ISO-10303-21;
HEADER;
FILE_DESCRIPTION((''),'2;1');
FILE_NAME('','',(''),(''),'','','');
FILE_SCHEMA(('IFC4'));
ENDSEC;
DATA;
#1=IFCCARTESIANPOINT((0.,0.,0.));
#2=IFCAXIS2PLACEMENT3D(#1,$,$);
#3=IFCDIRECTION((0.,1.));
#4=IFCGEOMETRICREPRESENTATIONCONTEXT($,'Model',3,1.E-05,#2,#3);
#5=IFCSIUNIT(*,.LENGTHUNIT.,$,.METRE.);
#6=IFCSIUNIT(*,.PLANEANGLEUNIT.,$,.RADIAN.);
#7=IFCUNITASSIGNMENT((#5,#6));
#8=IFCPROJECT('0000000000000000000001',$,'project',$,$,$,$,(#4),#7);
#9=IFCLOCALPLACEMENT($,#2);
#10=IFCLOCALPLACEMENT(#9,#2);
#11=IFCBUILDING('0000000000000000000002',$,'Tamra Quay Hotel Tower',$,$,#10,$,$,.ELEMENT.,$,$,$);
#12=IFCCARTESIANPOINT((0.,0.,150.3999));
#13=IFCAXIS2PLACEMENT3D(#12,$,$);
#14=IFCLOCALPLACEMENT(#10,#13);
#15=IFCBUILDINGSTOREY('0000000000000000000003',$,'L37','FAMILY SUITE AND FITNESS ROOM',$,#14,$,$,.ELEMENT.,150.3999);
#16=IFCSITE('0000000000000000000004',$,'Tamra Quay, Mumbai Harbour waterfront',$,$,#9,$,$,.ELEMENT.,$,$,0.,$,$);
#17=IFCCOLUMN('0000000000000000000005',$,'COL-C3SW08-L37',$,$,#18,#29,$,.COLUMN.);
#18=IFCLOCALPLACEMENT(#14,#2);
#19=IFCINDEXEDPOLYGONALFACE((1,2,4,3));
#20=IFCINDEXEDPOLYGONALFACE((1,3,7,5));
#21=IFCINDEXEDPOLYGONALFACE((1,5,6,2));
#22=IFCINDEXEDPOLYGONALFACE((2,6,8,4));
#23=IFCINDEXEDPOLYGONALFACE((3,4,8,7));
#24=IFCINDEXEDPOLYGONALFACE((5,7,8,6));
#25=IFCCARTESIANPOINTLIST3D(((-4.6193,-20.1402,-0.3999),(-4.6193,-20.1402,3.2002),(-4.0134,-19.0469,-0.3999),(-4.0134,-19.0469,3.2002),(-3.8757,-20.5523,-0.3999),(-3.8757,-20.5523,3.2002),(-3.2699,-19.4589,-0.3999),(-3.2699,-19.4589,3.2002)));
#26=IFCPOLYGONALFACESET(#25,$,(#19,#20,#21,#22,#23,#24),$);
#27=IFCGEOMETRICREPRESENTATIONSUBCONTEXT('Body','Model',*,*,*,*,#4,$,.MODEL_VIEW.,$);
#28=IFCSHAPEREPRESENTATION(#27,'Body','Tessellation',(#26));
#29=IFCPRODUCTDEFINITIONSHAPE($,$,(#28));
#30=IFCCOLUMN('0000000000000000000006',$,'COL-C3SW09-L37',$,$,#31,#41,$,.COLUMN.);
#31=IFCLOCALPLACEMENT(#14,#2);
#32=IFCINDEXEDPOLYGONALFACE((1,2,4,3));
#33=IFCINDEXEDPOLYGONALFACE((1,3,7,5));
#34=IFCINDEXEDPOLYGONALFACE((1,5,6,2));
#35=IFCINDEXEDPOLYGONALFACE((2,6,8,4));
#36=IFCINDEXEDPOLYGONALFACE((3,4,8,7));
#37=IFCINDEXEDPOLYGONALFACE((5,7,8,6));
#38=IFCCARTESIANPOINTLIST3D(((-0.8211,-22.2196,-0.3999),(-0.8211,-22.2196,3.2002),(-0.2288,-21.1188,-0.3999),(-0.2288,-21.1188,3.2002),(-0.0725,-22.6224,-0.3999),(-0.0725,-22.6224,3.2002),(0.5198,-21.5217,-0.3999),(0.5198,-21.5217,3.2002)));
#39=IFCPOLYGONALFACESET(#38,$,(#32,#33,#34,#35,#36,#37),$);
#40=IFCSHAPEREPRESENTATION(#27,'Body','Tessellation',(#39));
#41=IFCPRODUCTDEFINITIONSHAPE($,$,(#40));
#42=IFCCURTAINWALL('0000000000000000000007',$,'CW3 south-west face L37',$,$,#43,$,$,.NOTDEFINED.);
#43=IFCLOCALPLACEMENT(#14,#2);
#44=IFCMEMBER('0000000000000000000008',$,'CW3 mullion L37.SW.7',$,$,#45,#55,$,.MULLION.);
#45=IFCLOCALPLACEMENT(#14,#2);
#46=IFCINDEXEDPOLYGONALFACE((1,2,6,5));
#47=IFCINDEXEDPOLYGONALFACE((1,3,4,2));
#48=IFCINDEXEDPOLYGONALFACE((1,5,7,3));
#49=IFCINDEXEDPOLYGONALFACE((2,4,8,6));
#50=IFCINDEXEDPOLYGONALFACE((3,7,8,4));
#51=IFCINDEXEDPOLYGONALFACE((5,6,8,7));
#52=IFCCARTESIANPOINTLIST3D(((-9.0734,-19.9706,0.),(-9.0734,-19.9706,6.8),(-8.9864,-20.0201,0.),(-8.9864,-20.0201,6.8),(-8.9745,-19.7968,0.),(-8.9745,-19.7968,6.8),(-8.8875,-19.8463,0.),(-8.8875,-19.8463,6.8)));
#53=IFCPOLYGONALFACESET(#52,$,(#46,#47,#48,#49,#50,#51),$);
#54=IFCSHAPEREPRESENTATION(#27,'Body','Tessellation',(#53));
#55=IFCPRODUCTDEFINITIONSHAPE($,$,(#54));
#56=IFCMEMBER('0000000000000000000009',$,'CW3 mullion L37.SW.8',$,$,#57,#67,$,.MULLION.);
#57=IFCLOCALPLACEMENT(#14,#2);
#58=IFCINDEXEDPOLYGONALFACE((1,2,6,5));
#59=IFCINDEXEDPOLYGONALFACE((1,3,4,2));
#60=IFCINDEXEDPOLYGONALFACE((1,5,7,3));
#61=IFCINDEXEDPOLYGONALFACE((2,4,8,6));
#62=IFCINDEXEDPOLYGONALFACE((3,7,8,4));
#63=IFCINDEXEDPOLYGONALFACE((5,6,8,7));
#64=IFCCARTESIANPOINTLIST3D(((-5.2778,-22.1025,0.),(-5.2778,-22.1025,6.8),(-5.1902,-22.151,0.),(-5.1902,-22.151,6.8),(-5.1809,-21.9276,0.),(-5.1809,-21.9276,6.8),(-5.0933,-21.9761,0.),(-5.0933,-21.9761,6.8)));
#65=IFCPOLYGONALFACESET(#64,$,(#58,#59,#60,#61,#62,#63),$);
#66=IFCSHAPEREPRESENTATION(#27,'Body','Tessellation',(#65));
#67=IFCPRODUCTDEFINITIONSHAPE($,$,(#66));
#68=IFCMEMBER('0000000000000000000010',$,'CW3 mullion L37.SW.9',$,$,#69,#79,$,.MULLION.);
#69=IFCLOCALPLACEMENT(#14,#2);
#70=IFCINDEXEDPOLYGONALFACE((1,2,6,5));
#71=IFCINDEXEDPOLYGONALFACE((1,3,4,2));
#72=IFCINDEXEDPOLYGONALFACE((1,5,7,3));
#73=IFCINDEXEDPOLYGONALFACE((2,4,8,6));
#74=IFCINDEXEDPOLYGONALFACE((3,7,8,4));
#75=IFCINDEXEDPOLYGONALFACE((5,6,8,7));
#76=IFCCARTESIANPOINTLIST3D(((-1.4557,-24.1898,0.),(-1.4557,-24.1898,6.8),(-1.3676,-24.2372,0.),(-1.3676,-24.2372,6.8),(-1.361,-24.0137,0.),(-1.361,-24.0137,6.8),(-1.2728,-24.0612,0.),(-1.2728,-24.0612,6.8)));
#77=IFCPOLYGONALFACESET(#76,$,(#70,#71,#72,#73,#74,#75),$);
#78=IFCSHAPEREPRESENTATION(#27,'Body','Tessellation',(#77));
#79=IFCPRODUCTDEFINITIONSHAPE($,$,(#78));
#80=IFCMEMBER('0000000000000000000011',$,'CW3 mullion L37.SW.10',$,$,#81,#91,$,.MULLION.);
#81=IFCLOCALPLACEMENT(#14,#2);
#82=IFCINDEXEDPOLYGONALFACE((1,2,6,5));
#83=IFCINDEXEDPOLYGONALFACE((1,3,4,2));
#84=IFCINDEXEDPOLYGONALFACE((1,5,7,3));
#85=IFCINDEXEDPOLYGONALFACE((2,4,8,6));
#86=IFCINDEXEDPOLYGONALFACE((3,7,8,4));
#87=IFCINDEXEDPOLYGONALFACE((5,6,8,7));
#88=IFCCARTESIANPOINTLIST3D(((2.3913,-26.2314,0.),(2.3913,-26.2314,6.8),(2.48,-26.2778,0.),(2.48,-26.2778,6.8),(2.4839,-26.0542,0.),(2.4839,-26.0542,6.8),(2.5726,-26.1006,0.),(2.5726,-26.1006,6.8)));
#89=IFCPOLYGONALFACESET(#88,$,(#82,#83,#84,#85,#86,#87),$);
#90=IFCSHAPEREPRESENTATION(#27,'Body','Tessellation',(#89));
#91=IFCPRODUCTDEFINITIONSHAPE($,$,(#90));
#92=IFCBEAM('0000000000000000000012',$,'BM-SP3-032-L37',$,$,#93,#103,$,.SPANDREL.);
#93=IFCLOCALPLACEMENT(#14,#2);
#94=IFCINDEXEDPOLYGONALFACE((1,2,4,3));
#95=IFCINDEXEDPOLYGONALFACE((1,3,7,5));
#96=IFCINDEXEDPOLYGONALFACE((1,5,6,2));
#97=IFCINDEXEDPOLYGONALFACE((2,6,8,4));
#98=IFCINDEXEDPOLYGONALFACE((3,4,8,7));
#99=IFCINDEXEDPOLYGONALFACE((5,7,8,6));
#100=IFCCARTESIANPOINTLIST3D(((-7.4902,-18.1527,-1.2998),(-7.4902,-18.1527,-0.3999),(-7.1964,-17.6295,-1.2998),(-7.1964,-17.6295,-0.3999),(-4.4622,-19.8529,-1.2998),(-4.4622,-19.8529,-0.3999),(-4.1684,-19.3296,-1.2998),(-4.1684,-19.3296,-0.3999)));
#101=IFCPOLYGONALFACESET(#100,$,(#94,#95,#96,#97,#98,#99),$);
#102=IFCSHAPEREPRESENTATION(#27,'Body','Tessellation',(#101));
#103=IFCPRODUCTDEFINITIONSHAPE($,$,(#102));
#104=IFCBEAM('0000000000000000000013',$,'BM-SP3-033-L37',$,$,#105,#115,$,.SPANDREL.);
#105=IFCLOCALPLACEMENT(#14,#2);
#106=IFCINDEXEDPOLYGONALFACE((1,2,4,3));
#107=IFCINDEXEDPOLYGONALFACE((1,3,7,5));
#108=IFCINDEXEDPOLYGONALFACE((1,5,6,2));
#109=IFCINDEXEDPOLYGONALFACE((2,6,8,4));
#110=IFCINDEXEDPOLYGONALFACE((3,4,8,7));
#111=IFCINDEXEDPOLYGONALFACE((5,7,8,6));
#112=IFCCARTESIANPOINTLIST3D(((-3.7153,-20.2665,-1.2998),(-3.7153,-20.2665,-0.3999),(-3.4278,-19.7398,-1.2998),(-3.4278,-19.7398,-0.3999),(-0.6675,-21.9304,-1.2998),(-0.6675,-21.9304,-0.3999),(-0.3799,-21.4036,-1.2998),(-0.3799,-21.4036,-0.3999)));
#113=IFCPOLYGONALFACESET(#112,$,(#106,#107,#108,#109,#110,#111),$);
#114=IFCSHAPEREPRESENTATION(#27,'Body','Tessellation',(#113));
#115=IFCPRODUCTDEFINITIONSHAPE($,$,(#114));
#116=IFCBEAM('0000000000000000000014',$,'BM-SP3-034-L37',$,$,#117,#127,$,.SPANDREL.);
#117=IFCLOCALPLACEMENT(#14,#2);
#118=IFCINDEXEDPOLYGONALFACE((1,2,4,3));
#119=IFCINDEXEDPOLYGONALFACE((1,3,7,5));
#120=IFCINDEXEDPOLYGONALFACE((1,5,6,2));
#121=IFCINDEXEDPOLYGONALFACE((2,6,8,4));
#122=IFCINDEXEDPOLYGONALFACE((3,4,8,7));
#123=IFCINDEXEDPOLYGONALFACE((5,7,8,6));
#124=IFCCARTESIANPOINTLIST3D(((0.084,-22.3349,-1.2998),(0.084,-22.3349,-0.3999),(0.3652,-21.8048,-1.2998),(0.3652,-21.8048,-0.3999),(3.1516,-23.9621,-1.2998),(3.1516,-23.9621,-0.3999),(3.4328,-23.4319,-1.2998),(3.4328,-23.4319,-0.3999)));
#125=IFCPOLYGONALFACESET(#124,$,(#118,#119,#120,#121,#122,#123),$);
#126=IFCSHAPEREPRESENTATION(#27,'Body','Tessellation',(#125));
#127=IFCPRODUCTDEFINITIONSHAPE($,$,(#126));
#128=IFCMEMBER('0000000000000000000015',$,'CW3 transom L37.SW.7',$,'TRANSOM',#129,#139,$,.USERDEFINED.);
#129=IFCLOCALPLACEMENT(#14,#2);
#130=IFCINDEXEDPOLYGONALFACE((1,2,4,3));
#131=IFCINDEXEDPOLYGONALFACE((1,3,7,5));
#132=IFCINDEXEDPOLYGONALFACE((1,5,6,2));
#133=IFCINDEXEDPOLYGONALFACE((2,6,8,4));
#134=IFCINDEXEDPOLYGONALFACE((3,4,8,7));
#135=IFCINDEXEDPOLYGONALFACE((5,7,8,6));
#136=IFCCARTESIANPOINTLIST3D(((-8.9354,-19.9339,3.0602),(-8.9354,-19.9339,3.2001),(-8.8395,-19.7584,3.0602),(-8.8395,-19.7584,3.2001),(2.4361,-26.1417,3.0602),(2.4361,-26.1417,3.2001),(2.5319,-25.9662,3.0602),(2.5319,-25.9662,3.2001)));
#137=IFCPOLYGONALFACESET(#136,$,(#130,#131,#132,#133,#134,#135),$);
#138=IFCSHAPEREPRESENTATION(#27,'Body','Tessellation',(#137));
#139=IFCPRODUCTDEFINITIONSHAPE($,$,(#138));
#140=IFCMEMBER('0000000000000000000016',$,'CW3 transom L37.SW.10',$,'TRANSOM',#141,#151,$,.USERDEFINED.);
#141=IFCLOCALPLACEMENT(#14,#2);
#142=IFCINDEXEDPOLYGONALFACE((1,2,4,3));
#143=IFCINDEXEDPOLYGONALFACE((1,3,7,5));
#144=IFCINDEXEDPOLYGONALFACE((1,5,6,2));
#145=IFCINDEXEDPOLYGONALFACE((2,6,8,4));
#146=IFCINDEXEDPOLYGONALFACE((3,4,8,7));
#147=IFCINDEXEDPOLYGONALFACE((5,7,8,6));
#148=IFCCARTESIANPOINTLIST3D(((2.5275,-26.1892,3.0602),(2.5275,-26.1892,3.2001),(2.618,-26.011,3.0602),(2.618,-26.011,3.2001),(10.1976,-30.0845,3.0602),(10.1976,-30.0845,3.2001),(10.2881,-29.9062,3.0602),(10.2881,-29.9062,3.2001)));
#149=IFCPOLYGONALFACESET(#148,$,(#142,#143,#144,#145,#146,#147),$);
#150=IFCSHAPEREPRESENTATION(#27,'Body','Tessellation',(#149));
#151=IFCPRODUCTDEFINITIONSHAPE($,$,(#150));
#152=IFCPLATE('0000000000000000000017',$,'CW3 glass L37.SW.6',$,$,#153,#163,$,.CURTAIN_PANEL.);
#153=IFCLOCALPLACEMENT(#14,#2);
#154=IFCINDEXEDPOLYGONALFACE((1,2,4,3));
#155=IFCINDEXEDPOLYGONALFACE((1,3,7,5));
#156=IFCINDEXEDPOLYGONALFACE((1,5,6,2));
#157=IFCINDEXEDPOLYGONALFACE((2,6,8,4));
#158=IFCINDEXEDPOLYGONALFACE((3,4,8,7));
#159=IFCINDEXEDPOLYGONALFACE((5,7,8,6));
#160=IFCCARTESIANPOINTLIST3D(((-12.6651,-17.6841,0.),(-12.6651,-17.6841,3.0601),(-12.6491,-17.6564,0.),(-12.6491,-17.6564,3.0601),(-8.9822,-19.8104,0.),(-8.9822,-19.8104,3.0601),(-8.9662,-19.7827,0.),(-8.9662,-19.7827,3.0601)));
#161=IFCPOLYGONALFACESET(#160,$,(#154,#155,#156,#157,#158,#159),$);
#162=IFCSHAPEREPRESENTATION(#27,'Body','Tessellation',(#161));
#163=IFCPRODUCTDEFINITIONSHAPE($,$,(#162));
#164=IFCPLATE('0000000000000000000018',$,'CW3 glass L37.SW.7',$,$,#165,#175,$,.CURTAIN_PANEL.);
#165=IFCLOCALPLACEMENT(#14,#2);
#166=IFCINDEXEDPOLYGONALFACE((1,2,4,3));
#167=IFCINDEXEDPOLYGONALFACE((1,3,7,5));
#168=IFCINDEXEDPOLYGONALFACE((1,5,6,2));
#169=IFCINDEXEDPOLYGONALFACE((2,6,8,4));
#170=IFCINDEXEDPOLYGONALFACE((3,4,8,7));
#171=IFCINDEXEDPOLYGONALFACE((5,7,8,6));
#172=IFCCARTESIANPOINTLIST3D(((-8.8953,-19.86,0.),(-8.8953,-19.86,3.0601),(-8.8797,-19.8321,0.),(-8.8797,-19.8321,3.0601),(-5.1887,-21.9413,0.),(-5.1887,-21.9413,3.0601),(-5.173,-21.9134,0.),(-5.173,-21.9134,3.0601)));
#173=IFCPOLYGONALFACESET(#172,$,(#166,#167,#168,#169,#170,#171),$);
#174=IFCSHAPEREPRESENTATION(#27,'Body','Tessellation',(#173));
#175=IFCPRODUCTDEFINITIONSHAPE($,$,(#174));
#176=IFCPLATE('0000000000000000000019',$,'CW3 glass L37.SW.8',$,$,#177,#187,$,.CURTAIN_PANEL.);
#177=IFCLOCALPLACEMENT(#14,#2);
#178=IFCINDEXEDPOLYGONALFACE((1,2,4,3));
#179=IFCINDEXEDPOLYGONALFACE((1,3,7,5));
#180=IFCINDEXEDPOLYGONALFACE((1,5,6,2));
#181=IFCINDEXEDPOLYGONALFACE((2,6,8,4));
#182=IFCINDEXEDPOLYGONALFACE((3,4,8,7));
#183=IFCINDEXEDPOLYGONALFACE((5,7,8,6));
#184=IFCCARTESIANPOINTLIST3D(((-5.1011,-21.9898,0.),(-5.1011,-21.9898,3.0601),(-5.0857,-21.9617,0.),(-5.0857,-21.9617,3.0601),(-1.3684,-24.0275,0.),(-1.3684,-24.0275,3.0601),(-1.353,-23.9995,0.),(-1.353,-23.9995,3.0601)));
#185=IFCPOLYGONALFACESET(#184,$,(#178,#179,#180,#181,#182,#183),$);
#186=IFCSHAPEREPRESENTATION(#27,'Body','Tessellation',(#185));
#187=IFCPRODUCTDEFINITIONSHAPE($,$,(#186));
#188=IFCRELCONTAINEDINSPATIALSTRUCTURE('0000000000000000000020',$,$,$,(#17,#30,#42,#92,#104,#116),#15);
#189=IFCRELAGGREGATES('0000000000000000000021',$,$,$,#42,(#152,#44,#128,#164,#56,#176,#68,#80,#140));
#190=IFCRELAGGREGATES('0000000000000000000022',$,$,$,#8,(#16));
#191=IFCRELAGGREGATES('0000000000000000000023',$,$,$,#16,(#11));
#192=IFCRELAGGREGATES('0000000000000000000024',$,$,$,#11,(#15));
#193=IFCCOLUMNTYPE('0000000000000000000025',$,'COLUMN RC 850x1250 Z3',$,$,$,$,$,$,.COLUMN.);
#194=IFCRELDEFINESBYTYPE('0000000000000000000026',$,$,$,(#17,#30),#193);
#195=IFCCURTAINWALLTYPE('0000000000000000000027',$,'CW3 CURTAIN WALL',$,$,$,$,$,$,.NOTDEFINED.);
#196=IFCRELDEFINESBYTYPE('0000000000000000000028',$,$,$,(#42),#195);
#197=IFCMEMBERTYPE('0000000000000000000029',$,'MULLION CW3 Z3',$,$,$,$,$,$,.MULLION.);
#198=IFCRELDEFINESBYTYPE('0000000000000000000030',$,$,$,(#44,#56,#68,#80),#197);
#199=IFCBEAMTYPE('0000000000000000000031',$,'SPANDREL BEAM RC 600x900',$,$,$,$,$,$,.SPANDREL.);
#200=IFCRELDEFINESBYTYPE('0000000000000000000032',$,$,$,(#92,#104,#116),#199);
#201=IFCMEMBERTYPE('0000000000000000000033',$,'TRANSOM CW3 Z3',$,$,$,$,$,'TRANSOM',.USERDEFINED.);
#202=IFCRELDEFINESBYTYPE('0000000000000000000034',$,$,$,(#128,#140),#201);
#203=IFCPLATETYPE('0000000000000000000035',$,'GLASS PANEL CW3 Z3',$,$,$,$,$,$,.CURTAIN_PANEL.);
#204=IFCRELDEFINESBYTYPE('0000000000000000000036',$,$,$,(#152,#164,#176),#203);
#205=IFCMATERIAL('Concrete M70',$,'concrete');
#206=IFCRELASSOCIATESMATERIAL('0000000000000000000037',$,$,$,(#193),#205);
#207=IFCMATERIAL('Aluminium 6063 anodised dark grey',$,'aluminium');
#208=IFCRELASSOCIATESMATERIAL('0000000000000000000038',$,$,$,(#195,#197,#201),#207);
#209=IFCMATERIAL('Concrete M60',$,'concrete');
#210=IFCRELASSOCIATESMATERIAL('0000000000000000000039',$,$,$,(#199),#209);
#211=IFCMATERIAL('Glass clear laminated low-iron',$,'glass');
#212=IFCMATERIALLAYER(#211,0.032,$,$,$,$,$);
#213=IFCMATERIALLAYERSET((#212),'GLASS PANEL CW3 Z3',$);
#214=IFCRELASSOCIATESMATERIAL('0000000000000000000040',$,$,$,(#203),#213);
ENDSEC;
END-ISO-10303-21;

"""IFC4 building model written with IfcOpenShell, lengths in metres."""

from ifc_helpers import new_model, si_unit, direction, frame, origin, origin_2d, place, context, subcontext, project, spatial, rectangle, extrude, material, layer, layer_set, material_profile, profile_set, type_object, element, aggregate, save


model = new_model("IFC4")

# Units and contexts
model_context = context("Model", 3, precision=1e-05, world=origin(), true_north=direction((0.0, 1.0)))
body_context = subcontext(model_context, "Body", "Model", "MODEL_VIEW")
ifc_project = project(units=[si_unit("LENGTHUNIT", "METRE"), si_unit("PLANEANGLEUNIT", "RADIAN")], contexts=[model_context])

# Site, building, storey
site_placement = place(None, origin())
site = spatial("IfcSite", under=ifc_project, at=site_placement, Name="Tamra Quay, Mumbai Harbour waterfront", CompositionType="ELEMENT", RefElevation=0.0)
building_placement = place(site_placement, origin())
building = spatial("IfcBuilding", under=site, at=building_placement, Name="Tamra Quay Hotel Tower", CompositionType="ELEMENT")
storey_placement = place(building_placement, frame((0.0, 0.0, 150.3999)))
storey = spatial("IfcBuildingStorey", under=building, at=storey_placement, Name="L37", Description="FAMILY SUITE AND FITNESS ROOM", CompositionType="ELEMENT", Elevation=150.3999)

# Columns
ifc_material_1 = material(Name="Concrete M70", Category="concrete")
ifc_material_profile_1 = material_profile(ifc_material_1, rectangle(XDim=1.25, YDim=0.8501, at=origin_2d()), Name="COLUMN RC 850x1250 Z3")
ifc_profile_set_1 = profile_set([ifc_material_profile_1], Name="Concrete M70")
column_type = type_object("IfcColumnType", Name="COLUMN RC 850x1250 Z3", PredefinedType="COLUMN", material=ifc_profile_set_1)
for number, where, z_axis, x_axis, name in (
    (1, (-3.9446, -19.7996, -0.3999), (0.0, 0.0, 1.0), (0.484683, 0.87469, 0.0), "COL-C3SW08-L37"),
    (2, (-0.1506, -21.8706, -0.3999), (0.0, 0.0, 1.0), (0.473876, 0.880592, 0.0), "COL-C3SW09-L37"),
):
    element("IfcColumn", number, at=place(storey_placement, frame(where, z_axis=z_axis, x_axis=x_axis)), inside=storey, type_object=column_type, Name=name, PredefinedType="COLUMN", context=body_context, shape_type="SweptSolid", body=[
        extrude(rectangle(XDim=1.25, YDim=0.8501, at=origin_2d()), origin(), (0.0, 0.0, 1.0), 3.6001),
    ])

# Curtain wall, members
ifc_material_2 = material(Name="Aluminium 6063 anodised dark grey", Category="aluminium")
curtain_wall_type = type_object("IfcCurtainWallType", Name="CW3 CURTAIN WALL", PredefinedType="NOTDEFINED", material=ifc_material_2)
curtain_wall_placement = place(storey_placement, origin())
curtain_wall = element("IfcCurtainWall", 3, at=curtain_wall_placement, inside=storey, type_object=curtain_wall_type, Name="CW3 south-west face L37", PredefinedType="NOTDEFINED")
ifc_material_profile_2 = material_profile(ifc_material_2, rectangle(XDim=0.2, YDim=0.1001, at=origin_2d()), Name="MULLION 100X200")
ifc_profile_set_2 = profile_set([ifc_material_profile_2], Name="Aluminium 6063 anodised dark grey")
member_type_1 = type_object("IfcMemberType", Name="MULLION CW3 Z3", PredefinedType="MULLION", material=ifc_profile_set_2)
member_1_placement = place(storey_placement, frame((-8.9805, -19.9084, 0.0), z_axis=(0.0, 0.0, 1.0), x_axis=(-0.494813, -0.868999, 0.0)))
member_1 = element("IfcMember", 4, at=member_1_placement, type_object=member_type_1, Name="CW3 mullion L37.SW.7", PredefinedType="MULLION", context=body_context, shape_type="SweptSolid", body=[
    extrude(rectangle(XDim=0.2, YDim=0.1001, at=origin_2d()), origin(), (0.0, 0.0, 1.0), 6.8),
])
member_2_placement = place(storey_placement, frame((-5.1855, -22.0393, 0.0), z_axis=(0.0, 0.0, 1.0), x_axis=(-0.484395, -0.87485, 0.0)))
member_2 = element("IfcMember", 5, at=member_2_placement, type_object=member_type_1, Name="CW3 mullion L37.SW.8", PredefinedType="MULLION", context=body_context, shape_type="SweptSolid", body=[
    extrude(rectangle(XDim=0.2, YDim=0.1001, at=origin_2d()), origin(), (0.0, 0.0, 1.0), 6.8),
])
member_3_placement = place(storey_placement, frame((-1.3643, -24.1255, 0.0), z_axis=(0.0, 0.0, 1.0), x_axis=(-0.473908, -0.880575, 0.0)))
member_3 = element("IfcMember", 6, at=member_3_placement, type_object=member_type_1, Name="CW3 mullion L37.SW.9", PredefinedType="MULLION", context=body_context, shape_type="SweptSolid", body=[
    extrude(rectangle(XDim=0.2, YDim=0.1001, at=origin_2d()), origin(), (0.0, 0.0, 1.0), 6.8),
])
member_4_placement = place(storey_placement, frame((2.4819, -26.166, 0.0), z_axis=(0.0, 0.0, 1.0), x_axis=(-0.463366, -0.886167, 0.0)))
member_4 = element("IfcMember", 7, at=member_4_placement, type_object=member_type_1, Name="CW3 mullion L37.SW.10", PredefinedType="MULLION", context=body_context, shape_type="SweptSolid", body=[
    extrude(rectangle(XDim=0.2, YDim=0.1001, at=origin_2d()), origin(), (0.0, 0.0, 1.0), 6.8),
])

# Beams
ifc_material_3 = material(Name="Concrete M60", Category="concrete")
ifc_material_profile_3 = material_profile(ifc_material_3, rectangle(XDim=0.6001, YDim=0.8999, at=origin_2d()), Name="SPANDREL BEAM RC 600x900")
ifc_profile_set_3 = profile_set([ifc_material_profile_3], Name="Concrete M60")
beam_type = type_object("IfcBeamType", Name="SPANDREL BEAM RC 600x900", PredefinedType="SPANDREL", material=ifc_profile_set_3)
beam_placement = place(storey_placement, frame((-7.3433, -17.8911, -0.8499), z_axis=(0.871956, -0.489584, 0.0), x_axis=(0.489584, 0.871956, 0.0)))
element("IfcBeam", 8, at=beam_placement, inside=storey, type_object=beam_type, Name="BM-SP3-032-L37", PredefinedType="SPANDREL", context=body_context, shape_type="SweptSolid", body=[
    extrude(rectangle(XDim=0.6001, YDim=0.8999, at=origin_2d()), origin(), (0.0, 0.0, 1.0), 3.4727),
])
for number, where, z_axis, x_axis, name in (
    (9, (-3.5715, -20.0032, -0.8499), (0.877732, -0.479153, 0.0), (0.479153, 0.877732, 0.0), "BM-SP3-033-L37"),
    (10, (0.2246, -22.0698, -0.8499), (0.883411, -0.468598, 0.0), (0.468598, 0.883411, 0.0), "BM-SP3-034-L37"),
):
    element("IfcBeam", number, at=place(storey_placement, frame(where, z_axis=z_axis, x_axis=x_axis)), inside=storey, type_object=beam_type, Name=name, PredefinedType="SPANDREL", context=body_context, shape_type="SweptSolid", body=[
        extrude(rectangle(XDim=0.6001, YDim=0.8999, at=origin_2d()), origin(), (0.0, 0.0, 1.0), 3.4724),
    ])

# Members
ifc_material_profile_4 = material_profile(ifc_material_2, rectangle(XDim=0.2, YDim=0.1399, at=origin_2d()), Name="TRANSOM 200X140")
ifc_profile_set_4 = profile_set([ifc_material_profile_4], Name="Aluminium 6063 anodised dark grey")
member_type_2 = type_object("IfcMemberType", Name="TRANSOM CW3 Z3", ElementType="TRANSOM", PredefinedType="USERDEFINED", material=ifc_profile_set_4)
member_5_placement = place(storey_placement, frame((-8.8875, -19.8462, 3.1301), z_axis=(0.877731, -0.479154, 0.0), x_axis=(0.479154, 0.877731, 0.0)))
member_5 = element("IfcMember", 11, at=member_5_placement, type_object=member_type_2, Name="CW3 transom L37.SW.7", ObjectType="TRANSOM", PredefinedType="USERDEFINED", context=body_context, shape_type="SweptSolid", body=[
    extrude(rectangle(XDim=0.2, YDim=0.1399, at=origin_2d()), origin(), (0.0, 0.0, 1.0), 12.9556),
])
member_6_placement = place(storey_placement, frame((2.5728, -26.1001, 3.1301), z_axis=(0.891611, -0.452801, 0.0), x_axis=(0.452801, 0.891611, 0.0)))
member_6 = element("IfcMember", 12, at=member_6_placement, type_object=member_type_2, Name="CW3 transom L37.SW.10", ObjectType="TRANSOM", PredefinedType="USERDEFINED", context=body_context, shape_type="SweptSolid", body=[
    extrude(rectangle(XDim=0.2, YDim=0.1399, at=origin_2d()), origin(), (0.0, 0.0, 1.0), 8.6025),
])

# Plates
ifc_material_4 = material(Name="Glass clear laminated low-iron", Category="glass")
ifc_layer_1 = layer(ifc_material_4, 0.032)
ifc_layer_set_1 = layer_set([ifc_layer_1], Name="GLASS PANEL CW3 Z3")
plate_type = type_object("IfcPlateType", Name="GLASS PANEL CW3 Z3", PredefinedType="CURTAIN_PANEL", material=ifc_layer_set_1)
plate_1_placement = place(storey_placement, frame((-10.8157, -18.7334, 0.0), z_axis=(0.0, 0.0, 1.0), x_axis=(0.866025, -0.5, 0.0)))
plate_1 = element("IfcPlate", 13, at=plate_1_placement, type_object=plate_type, Name="CW3 glass L37.SW.6", PredefinedType="CURTAIN_PANEL", context=body_context, shape_type="SweptSolid", body=[
    extrude(rectangle(XDim=4.2527, YDim=0.032, at=origin_2d()), origin(), (0.0, 0.0, 1.0), 3.0601),
])
plate_2_placement = place(storey_placement, frame((-7.0342, -20.8867, 0.0), z_axis=(0.0, 0.0, 1.0), x_axis=(0.871942, -0.489609, 0.0)))
plate_2 = element("IfcPlate", 14, at=plate_2_placement, type_object=plate_type, Name="CW3 glass L37.SW.7", PredefinedType="CURTAIN_PANEL", context=body_context, shape_type="SweptSolid", body=[
    extrude(rectangle(XDim=4.251, YDim=0.032, at=origin_2d()), origin(), (0.0, 0.0, 1.0), 3.0601),
])
plate_3_placement = place(storey_placement, frame((-3.2271, -22.9946, 0.0), z_axis=(0.0, 0.0, 1.0), x_axis=(0.877726, -0.479163, 0.0)))
plate_3 = element("IfcPlate", 15, at=plate_3_placement, type_object=plate_type, Name="CW3 glass L37.SW.8", PredefinedType="CURTAIN_PANEL", context=body_context, shape_type="SweptSolid", body=[
    extrude(rectangle(XDim=4.2527, YDim=0.032, at=origin_2d()), origin(), (0.0, 0.0, 1.0), 3.0601),
])
aggregate(curtain_wall, [plate_1, member_1, member_5, plate_2, member_2, plate_3, member_3, member_4, member_6])

save(model, "model.ifc")
